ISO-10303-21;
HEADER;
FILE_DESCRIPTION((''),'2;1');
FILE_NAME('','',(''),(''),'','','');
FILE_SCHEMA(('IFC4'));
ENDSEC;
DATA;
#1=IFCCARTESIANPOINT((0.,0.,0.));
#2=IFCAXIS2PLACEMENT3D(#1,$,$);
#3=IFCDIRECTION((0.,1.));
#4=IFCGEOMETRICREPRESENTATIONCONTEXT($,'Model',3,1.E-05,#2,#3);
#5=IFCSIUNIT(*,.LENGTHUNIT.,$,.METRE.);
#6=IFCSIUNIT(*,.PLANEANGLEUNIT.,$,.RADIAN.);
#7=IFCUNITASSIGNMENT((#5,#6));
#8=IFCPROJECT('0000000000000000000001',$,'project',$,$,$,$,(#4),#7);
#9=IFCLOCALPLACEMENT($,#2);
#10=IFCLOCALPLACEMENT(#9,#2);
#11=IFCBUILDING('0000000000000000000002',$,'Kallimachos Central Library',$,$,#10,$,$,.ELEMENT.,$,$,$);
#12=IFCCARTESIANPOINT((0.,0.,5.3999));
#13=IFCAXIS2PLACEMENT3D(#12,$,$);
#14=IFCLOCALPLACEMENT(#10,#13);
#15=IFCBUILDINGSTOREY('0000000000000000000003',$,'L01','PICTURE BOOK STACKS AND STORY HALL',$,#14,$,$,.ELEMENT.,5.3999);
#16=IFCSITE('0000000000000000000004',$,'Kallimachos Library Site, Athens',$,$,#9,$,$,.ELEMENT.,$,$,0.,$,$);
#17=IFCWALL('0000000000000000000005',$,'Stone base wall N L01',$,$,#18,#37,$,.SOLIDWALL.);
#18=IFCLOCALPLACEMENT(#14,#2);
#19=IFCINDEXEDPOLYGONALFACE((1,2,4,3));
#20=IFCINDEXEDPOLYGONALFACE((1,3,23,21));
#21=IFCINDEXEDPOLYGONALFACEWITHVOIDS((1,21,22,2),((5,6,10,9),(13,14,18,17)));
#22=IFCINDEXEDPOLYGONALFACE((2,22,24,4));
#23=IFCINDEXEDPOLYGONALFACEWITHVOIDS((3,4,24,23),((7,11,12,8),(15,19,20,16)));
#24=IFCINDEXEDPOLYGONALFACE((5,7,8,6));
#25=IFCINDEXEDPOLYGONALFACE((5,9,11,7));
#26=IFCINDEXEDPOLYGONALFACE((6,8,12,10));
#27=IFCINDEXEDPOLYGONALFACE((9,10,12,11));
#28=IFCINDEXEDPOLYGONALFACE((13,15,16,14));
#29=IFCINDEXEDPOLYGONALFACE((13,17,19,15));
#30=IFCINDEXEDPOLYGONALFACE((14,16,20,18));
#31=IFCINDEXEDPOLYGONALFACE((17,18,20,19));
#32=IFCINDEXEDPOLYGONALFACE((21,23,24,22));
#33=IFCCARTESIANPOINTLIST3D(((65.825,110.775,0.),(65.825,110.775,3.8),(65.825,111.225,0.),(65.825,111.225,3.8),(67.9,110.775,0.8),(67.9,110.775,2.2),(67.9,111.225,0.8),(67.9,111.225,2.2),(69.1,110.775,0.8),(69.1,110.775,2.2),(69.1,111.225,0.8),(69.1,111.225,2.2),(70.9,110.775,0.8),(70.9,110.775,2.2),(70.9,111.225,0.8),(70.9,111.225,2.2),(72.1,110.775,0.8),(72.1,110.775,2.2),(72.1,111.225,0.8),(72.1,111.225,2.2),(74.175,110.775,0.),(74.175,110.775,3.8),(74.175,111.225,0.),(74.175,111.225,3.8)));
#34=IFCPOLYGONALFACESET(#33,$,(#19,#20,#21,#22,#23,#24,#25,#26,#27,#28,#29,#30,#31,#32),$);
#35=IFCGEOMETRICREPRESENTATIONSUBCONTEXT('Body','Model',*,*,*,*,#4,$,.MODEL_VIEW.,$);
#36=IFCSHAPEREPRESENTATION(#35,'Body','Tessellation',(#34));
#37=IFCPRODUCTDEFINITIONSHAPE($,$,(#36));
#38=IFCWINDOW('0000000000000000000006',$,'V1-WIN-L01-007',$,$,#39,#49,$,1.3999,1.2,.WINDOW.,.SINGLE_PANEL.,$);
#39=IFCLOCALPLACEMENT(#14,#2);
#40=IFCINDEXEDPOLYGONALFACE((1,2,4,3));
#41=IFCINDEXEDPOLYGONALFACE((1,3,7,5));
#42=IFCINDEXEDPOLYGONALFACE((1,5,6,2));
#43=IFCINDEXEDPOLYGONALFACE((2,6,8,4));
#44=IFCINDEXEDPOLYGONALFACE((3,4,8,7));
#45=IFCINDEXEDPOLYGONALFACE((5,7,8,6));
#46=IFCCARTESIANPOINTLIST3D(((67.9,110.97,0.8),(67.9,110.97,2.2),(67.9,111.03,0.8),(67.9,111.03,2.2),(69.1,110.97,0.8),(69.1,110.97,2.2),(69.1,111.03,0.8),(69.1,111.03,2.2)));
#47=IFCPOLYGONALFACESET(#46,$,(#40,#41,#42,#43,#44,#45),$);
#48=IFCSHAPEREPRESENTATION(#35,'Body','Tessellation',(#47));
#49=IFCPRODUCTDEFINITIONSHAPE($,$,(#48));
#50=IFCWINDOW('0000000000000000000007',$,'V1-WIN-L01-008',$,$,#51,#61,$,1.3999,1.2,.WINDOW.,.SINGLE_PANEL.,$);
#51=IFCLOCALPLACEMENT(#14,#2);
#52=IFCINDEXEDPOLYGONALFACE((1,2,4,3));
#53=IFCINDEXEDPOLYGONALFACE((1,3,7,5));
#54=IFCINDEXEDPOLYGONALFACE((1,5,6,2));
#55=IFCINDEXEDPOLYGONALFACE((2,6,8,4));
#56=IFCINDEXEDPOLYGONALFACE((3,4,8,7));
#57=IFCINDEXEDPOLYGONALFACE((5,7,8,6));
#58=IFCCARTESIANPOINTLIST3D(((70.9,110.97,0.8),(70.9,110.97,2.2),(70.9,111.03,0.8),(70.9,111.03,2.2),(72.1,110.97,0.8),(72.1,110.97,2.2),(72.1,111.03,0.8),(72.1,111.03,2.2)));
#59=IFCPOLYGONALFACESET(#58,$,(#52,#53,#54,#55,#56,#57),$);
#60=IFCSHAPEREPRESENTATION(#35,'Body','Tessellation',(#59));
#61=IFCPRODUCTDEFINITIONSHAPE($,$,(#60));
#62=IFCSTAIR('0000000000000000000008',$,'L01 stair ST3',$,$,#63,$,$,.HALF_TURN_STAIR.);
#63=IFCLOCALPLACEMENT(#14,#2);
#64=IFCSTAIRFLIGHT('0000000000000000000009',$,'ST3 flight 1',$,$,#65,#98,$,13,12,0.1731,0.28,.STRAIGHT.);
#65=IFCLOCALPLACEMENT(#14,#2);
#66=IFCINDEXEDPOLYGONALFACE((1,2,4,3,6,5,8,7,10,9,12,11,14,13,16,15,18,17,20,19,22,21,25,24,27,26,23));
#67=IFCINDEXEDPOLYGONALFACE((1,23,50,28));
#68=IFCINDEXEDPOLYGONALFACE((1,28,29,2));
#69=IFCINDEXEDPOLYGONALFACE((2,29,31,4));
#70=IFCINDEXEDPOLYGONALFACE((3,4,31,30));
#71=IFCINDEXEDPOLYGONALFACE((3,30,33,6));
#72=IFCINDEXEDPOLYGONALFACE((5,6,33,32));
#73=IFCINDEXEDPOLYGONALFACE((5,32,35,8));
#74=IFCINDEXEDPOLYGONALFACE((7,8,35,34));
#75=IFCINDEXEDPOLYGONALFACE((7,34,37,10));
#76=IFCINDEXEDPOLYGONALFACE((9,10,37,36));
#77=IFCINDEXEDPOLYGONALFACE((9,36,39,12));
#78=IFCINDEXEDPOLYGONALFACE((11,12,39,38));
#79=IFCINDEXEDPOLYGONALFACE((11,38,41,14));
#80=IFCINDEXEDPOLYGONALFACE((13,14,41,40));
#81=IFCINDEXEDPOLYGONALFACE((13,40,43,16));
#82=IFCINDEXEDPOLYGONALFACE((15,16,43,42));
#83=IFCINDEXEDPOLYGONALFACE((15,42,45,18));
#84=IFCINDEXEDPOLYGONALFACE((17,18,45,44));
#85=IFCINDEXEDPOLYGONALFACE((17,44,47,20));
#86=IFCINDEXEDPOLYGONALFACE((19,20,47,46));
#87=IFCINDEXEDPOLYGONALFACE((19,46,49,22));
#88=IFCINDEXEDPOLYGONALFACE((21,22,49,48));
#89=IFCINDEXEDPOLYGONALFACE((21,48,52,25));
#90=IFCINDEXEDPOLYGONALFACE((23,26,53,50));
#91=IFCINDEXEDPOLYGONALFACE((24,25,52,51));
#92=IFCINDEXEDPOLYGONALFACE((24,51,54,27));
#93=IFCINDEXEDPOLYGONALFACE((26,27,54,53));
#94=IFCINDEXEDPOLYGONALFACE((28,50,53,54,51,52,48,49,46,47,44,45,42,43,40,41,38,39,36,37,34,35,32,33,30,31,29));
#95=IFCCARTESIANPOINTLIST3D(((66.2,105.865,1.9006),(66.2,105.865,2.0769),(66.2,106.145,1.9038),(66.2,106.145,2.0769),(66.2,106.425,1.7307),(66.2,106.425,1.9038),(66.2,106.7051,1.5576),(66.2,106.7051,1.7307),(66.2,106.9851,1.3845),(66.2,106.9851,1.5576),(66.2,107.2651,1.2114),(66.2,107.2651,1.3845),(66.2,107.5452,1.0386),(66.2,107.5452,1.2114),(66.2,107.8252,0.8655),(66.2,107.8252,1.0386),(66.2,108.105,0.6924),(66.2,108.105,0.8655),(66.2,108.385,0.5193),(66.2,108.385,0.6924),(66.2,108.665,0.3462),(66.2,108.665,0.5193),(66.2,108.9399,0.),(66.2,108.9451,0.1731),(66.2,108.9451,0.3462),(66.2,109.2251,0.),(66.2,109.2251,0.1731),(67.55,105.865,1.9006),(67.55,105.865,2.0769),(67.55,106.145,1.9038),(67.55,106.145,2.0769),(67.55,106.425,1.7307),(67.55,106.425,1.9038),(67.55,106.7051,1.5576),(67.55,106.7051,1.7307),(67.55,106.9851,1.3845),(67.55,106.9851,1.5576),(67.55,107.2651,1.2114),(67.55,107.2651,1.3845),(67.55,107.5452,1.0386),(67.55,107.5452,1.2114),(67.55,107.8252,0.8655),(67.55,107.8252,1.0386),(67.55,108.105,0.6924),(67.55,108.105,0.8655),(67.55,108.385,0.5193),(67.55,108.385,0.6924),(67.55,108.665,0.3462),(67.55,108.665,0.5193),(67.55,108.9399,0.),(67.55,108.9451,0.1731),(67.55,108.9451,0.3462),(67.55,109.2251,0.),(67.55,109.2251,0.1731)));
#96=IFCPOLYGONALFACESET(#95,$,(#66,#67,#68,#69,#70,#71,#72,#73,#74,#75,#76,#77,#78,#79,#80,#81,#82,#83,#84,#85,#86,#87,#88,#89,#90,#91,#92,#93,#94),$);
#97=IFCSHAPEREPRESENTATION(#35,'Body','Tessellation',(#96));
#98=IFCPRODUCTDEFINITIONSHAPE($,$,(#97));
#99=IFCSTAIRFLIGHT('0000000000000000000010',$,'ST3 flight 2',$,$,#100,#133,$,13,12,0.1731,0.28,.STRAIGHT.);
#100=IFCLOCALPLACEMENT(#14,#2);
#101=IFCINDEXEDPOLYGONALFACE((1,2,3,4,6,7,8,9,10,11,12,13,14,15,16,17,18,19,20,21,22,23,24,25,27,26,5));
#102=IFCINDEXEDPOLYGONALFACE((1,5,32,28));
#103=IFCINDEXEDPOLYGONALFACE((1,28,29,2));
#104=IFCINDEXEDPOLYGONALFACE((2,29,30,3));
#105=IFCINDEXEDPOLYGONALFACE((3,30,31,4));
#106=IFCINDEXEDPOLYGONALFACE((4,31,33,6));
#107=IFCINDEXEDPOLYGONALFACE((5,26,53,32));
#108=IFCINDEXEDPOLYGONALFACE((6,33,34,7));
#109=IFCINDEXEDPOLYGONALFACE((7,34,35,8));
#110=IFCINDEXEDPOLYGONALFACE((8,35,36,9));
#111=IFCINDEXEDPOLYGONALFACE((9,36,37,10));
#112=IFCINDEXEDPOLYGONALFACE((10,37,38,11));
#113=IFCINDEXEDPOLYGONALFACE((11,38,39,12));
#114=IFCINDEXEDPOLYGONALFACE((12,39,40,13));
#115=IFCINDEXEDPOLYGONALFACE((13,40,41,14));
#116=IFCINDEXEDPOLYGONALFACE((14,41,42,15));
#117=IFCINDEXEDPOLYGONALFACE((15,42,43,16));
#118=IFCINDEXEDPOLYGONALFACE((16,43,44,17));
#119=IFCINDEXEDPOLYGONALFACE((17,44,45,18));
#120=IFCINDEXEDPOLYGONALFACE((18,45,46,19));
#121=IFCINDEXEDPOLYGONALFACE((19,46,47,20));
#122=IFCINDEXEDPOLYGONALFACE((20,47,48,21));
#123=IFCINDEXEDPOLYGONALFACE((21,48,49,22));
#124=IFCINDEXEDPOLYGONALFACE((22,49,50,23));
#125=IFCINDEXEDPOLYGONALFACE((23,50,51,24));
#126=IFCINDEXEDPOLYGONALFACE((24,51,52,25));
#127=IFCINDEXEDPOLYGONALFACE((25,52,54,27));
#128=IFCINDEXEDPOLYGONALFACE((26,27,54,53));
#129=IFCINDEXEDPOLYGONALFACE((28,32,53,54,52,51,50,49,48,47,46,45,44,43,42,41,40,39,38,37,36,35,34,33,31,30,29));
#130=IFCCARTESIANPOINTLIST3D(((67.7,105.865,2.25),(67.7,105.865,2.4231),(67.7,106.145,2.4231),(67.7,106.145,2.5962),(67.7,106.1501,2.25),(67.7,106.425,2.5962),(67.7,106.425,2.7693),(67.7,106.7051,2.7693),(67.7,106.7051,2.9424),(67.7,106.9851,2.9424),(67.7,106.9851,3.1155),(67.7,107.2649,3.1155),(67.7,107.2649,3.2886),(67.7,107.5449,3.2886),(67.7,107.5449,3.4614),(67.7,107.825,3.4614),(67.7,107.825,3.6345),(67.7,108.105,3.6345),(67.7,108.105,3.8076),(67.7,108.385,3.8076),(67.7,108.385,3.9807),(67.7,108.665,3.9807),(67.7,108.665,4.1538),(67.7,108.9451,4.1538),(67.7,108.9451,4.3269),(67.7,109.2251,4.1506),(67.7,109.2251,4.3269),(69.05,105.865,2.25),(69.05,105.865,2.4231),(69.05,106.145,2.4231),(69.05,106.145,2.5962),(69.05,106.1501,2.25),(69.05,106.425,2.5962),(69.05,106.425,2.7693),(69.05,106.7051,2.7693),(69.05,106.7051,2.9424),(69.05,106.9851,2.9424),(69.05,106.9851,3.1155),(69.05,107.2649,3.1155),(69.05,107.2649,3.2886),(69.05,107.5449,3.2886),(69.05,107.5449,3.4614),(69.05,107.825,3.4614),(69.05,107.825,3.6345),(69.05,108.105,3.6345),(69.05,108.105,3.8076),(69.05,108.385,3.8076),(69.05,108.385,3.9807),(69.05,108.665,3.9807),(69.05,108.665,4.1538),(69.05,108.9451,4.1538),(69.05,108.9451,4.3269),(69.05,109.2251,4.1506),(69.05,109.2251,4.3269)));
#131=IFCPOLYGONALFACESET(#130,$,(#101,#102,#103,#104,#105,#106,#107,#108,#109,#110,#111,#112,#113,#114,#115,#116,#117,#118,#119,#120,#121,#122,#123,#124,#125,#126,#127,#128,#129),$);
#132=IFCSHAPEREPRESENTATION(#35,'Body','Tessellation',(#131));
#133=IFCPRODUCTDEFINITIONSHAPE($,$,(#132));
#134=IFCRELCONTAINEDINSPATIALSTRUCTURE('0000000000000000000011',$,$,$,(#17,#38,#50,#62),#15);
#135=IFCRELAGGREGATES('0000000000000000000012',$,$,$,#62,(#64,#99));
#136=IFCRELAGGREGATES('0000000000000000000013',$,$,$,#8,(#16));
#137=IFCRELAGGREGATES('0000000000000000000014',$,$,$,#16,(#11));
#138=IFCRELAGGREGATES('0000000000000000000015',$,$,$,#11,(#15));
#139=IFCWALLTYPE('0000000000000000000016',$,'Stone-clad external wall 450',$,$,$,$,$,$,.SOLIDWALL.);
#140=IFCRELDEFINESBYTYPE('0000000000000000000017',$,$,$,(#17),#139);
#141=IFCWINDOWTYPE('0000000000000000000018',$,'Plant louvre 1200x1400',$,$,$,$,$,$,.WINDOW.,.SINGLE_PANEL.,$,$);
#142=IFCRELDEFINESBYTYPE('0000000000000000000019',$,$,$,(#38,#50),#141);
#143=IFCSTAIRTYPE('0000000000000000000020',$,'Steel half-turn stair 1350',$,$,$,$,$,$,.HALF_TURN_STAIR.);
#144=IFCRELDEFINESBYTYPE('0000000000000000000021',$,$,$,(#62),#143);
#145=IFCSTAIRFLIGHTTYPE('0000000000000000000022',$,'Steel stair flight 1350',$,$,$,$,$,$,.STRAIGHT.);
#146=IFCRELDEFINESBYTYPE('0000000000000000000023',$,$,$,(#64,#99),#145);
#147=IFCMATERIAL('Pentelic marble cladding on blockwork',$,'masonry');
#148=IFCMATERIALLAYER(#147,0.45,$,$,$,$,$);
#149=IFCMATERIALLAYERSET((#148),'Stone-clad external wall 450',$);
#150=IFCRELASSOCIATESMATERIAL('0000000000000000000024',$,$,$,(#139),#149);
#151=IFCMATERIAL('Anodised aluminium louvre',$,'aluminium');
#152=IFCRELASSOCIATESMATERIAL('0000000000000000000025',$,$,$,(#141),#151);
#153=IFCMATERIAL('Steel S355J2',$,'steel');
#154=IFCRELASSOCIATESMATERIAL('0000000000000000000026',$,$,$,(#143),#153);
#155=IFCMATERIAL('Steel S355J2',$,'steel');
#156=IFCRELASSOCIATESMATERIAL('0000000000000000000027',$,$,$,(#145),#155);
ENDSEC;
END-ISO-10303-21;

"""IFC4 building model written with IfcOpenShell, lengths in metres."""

from ifc_helpers import new_model, si_unit, direction, frame, frame_2d, origin, place, context, subcontext, project, spatial, polyline, rectangle, outline, extrude, material, layer, layer_set, type_object, element, fill, aggregate, save


model = new_model("IFC4")

# Units and contexts
model_context = context("Model", 3, precision=1e-05, world=origin(), true_north=direction((0.0, 1.0)))
body_context = subcontext(model_context, "Body", "Model", "MODEL_VIEW")
ifc_project = project(units=[si_unit("LENGTHUNIT", "METRE"), si_unit("PLANEANGLEUNIT", "RADIAN")], contexts=[model_context])

# Site, building, storey
site_placement = place(None, origin())
site = spatial("IfcSite", under=ifc_project, at=site_placement, Name="Kallimachos Library Site, Athens", CompositionType="ELEMENT", RefElevation=0.0)
building_placement = place(site_placement, origin())
building = spatial("IfcBuilding", under=site, at=building_placement, Name="Kallimachos Central Library", CompositionType="ELEMENT")
storey_placement = place(building_placement, frame((0.0, 0.0, 5.3999)))
storey = spatial("IfcBuildingStorey", under=building, at=storey_placement, Name="L01", Description="PICTURE BOOK STACKS AND STORY HALL", CompositionType="ELEMENT", Elevation=5.3999)

# Wall, openings, windows
ifc_material_1 = material(Name="Pentelic marble cladding on blockwork", Category="masonry")
ifc_layer_1 = layer(ifc_material_1, 0.45)
ifc_layer_set_1 = layer_set([ifc_layer_1], Name="Stone-clad external wall 450")
wall_type_1 = type_object("IfcWallType", Name="Stone-clad external wall 450", PredefinedType="SOLIDWALL", material=ifc_layer_set_1)
wall_1_placement = place(storey_placement, frame((65.825, 111.0, 0.0), z_axis=(0.0, 0.0, 1.0), x_axis=(1.0, 0.0, 0.0)))
wall_1 = element("IfcWall", 1, at=wall_1_placement, inside=storey, type_object=wall_type_1, Name="Stone base wall N L01", PredefinedType="SOLIDWALL", context=body_context, shape_type="SweptSolid", body=[
    extrude(rectangle(XDim=8.3501, YDim=0.45, at=frame_2d((4.175, 0.0))), origin(), (0.0, 0.0, 1.0), 3.8),
])
opening_1_placement = place(wall_1_placement, frame((2.075, 0.0, 0.8)))
opening_1 = element("IfcOpeningElement", 2, at=opening_1_placement, cuts=wall_1, PredefinedType="OPENING", context=body_context, shape_type="SweptSolid", body=[
    extrude(rectangle(XDim=1.2, YDim=1.3999, at=frame_2d((0.6001, 0.7))), frame((0.0, 0.2349, 0.0), z_axis=(0.0, -1.0, 0.0), x_axis=(1.0, 0.0, 0.0)), (0.0, 0.0, 1.0), 0.47),
])
opening_2_placement = place(wall_1_placement, frame((5.075, 0.0, 0.8)))
opening_2 = element("IfcOpeningElement", 3, at=opening_2_placement, cuts=wall_1, PredefinedType="OPENING", context=body_context, shape_type="SweptSolid", body=[
    extrude(rectangle(XDim=1.2, YDim=1.3999, at=frame_2d((0.6001, 0.7))), frame((0.0, 0.2349, 0.0), z_axis=(0.0, -1.0, 0.0), x_axis=(1.0, 0.0, 0.0)), (0.0, 0.0, 1.0), 0.47),
])
ifc_material_2 = material(Name="Anodised aluminium louvre", Category="aluminium")
window_type = type_object("IfcWindowType", Name="Plant louvre 1200x1400", PartitioningType="SINGLE_PANEL", PredefinedType="WINDOW", material=ifc_material_2)
window_1_placement = place(opening_1_placement, origin())
window_1 = element("IfcWindow", 4, at=window_1_placement, inside=storey, type_object=window_type, Name="V1-WIN-L01-007", OverallHeight=1.3999, OverallWidth=1.2, PartitioningType="SINGLE_PANEL", PredefinedType="WINDOW", context=body_context, shape_type="SweptSolid", body=[
    extrude(rectangle(XDim=1.2, YDim=1.3999, at=frame_2d((0.6001, 0.7))), frame((0.0, 0.03, 0.0), z_axis=(0.0, -1.0, 0.0), x_axis=(1.0, 0.0, 0.0)), (0.0, 0.0, 1.0), 0.0601),
])
fill(opening_1, window_1)
window_2_placement = place(opening_2_placement, origin())
window_2 = element("IfcWindow", 5, at=window_2_placement, inside=storey, type_object=window_type, Name="V1-WIN-L01-008", OverallHeight=1.3999, OverallWidth=1.2, PartitioningType="SINGLE_PANEL", PredefinedType="WINDOW", context=body_context, shape_type="SweptSolid", body=[
    extrude(rectangle(XDim=1.2, YDim=1.3999, at=frame_2d((0.6001, 0.7))), frame((0.0, 0.03, 0.0), z_axis=(0.0, -1.0, 0.0), x_axis=(1.0, 0.0, 0.0)), (0.0, 0.0, 1.0), 0.0601),
])
fill(opening_2, window_2)

# Stair, stair flights
ifc_material_3 = material(Name="Steel S355J2", Category="steel")
stair_type = type_object("IfcStairType", Name="Steel half-turn stair 1350", PredefinedType="HALF_TURN_STAIR", material=ifc_material_3)
stair_placement = place(storey_placement, origin())
stair = element("IfcStair", 6, at=stair_placement, inside=storey, type_object=stair_type, Name="L01 stair ST3", PredefinedType="HALF_TURN_STAIR")
ifc_material_4 = material(Name="Steel S355J2", Category="steel")
stair_flight_type = type_object("IfcStairFlightType", Name="Steel stair flight 1350", PredefinedType="STRAIGHT", material=ifc_material_4)
stair_flight_1_placement = place(storey_placement, frame((66.875, 109.2251, 0.0), z_axis=(0.0, 0.0, 1.0), x_axis=(0.0, -1.0, 0.0)))
stair_flight_1 = element("IfcStairFlight", 7, at=stair_flight_1_placement, type_object=stair_flight_type, Name="ST3 flight 1", NumberOfRisers=13, NumberOfTreads=12, PredefinedType="STRAIGHT", RiserHeight=0.1731, TreadLength=0.28, context=body_context, shape_type="SweptSolid", body=[
    extrude(outline(polyline([(0.0, 0.0), (0.0, 0.1731), (0.28, 0.1731), (0.28, 0.3462), (0.5601, 0.3462), (0.5601, 0.5193), (0.8401, 0.5193), (0.8401, 0.6924), (1.1201, 0.6924), (1.1201, 0.8655), (1.3999, 0.8655), (1.3999, 1.0386), (1.6799, 1.0386), (1.6799, 1.2114), (1.96, 1.2114), (1.96, 1.3845), (2.24, 1.3845), (2.24, 1.5576), (2.52, 1.5576), (2.52, 1.7307), (2.8, 1.7307), (2.8, 1.9038), (3.0801, 1.9038), (3.0801, 2.0769), (3.3601, 2.0769), (3.3601, 2.25), (3.3601, 1.9006), (0.2852, 0.0), (0.0, 0.0)])), frame((0.0, 0.675, 0.0), z_axis=(0.0, -1.0, 0.0), x_axis=(1.0, 0.0, 0.0)), (0.0, 0.0, 1.0), 1.3501),
])
stair_flight_2_placement = place(storey_placement, frame((68.375, 105.865, 2.25), z_axis=(0.0, 0.0, 1.0), x_axis=(0.0, 1.0, 0.0)))
stair_flight_2 = element("IfcStairFlight", 8, at=stair_flight_2_placement, type_object=stair_flight_type, Name="ST3 flight 2", NumberOfRisers=13, NumberOfTreads=12, PredefinedType="STRAIGHT", RiserHeight=0.1731, TreadLength=0.28, context=body_context, shape_type="SweptSolid", body=[
    extrude(outline(polyline([(0.0, 0.0), (0.0, 0.1731), (0.28, 0.1731), (0.28, 0.3462), (0.5601, 0.3462), (0.5601, 0.5193), (0.8401, 0.5193), (0.8401, 0.6924), (1.1201, 0.6924), (1.1201, 0.8655), (1.3999, 0.8655), (1.3999, 1.0386), (1.6799, 1.0386), (1.6799, 1.2114), (1.96, 1.2114), (1.96, 1.3845), (2.24, 1.3845), (2.24, 1.5576), (2.52, 1.5576), (2.52, 1.7307), (2.8, 1.7307), (2.8, 1.9038), (3.0801, 1.9038), (3.0801, 2.0769), (3.3601, 2.0769), (3.3601, 2.25), (3.3601, 1.9006), (0.2852, 0.0), (0.0, 0.0)])), frame((0.0, 0.675, 0.0), z_axis=(0.0, -1.0, 0.0), x_axis=(1.0, 0.0, 0.0)), (0.0, 0.0, 1.0), 1.3501),
])
aggregate(stair, [stair_flight_1, stair_flight_2])

save(model, "model.ifc")
